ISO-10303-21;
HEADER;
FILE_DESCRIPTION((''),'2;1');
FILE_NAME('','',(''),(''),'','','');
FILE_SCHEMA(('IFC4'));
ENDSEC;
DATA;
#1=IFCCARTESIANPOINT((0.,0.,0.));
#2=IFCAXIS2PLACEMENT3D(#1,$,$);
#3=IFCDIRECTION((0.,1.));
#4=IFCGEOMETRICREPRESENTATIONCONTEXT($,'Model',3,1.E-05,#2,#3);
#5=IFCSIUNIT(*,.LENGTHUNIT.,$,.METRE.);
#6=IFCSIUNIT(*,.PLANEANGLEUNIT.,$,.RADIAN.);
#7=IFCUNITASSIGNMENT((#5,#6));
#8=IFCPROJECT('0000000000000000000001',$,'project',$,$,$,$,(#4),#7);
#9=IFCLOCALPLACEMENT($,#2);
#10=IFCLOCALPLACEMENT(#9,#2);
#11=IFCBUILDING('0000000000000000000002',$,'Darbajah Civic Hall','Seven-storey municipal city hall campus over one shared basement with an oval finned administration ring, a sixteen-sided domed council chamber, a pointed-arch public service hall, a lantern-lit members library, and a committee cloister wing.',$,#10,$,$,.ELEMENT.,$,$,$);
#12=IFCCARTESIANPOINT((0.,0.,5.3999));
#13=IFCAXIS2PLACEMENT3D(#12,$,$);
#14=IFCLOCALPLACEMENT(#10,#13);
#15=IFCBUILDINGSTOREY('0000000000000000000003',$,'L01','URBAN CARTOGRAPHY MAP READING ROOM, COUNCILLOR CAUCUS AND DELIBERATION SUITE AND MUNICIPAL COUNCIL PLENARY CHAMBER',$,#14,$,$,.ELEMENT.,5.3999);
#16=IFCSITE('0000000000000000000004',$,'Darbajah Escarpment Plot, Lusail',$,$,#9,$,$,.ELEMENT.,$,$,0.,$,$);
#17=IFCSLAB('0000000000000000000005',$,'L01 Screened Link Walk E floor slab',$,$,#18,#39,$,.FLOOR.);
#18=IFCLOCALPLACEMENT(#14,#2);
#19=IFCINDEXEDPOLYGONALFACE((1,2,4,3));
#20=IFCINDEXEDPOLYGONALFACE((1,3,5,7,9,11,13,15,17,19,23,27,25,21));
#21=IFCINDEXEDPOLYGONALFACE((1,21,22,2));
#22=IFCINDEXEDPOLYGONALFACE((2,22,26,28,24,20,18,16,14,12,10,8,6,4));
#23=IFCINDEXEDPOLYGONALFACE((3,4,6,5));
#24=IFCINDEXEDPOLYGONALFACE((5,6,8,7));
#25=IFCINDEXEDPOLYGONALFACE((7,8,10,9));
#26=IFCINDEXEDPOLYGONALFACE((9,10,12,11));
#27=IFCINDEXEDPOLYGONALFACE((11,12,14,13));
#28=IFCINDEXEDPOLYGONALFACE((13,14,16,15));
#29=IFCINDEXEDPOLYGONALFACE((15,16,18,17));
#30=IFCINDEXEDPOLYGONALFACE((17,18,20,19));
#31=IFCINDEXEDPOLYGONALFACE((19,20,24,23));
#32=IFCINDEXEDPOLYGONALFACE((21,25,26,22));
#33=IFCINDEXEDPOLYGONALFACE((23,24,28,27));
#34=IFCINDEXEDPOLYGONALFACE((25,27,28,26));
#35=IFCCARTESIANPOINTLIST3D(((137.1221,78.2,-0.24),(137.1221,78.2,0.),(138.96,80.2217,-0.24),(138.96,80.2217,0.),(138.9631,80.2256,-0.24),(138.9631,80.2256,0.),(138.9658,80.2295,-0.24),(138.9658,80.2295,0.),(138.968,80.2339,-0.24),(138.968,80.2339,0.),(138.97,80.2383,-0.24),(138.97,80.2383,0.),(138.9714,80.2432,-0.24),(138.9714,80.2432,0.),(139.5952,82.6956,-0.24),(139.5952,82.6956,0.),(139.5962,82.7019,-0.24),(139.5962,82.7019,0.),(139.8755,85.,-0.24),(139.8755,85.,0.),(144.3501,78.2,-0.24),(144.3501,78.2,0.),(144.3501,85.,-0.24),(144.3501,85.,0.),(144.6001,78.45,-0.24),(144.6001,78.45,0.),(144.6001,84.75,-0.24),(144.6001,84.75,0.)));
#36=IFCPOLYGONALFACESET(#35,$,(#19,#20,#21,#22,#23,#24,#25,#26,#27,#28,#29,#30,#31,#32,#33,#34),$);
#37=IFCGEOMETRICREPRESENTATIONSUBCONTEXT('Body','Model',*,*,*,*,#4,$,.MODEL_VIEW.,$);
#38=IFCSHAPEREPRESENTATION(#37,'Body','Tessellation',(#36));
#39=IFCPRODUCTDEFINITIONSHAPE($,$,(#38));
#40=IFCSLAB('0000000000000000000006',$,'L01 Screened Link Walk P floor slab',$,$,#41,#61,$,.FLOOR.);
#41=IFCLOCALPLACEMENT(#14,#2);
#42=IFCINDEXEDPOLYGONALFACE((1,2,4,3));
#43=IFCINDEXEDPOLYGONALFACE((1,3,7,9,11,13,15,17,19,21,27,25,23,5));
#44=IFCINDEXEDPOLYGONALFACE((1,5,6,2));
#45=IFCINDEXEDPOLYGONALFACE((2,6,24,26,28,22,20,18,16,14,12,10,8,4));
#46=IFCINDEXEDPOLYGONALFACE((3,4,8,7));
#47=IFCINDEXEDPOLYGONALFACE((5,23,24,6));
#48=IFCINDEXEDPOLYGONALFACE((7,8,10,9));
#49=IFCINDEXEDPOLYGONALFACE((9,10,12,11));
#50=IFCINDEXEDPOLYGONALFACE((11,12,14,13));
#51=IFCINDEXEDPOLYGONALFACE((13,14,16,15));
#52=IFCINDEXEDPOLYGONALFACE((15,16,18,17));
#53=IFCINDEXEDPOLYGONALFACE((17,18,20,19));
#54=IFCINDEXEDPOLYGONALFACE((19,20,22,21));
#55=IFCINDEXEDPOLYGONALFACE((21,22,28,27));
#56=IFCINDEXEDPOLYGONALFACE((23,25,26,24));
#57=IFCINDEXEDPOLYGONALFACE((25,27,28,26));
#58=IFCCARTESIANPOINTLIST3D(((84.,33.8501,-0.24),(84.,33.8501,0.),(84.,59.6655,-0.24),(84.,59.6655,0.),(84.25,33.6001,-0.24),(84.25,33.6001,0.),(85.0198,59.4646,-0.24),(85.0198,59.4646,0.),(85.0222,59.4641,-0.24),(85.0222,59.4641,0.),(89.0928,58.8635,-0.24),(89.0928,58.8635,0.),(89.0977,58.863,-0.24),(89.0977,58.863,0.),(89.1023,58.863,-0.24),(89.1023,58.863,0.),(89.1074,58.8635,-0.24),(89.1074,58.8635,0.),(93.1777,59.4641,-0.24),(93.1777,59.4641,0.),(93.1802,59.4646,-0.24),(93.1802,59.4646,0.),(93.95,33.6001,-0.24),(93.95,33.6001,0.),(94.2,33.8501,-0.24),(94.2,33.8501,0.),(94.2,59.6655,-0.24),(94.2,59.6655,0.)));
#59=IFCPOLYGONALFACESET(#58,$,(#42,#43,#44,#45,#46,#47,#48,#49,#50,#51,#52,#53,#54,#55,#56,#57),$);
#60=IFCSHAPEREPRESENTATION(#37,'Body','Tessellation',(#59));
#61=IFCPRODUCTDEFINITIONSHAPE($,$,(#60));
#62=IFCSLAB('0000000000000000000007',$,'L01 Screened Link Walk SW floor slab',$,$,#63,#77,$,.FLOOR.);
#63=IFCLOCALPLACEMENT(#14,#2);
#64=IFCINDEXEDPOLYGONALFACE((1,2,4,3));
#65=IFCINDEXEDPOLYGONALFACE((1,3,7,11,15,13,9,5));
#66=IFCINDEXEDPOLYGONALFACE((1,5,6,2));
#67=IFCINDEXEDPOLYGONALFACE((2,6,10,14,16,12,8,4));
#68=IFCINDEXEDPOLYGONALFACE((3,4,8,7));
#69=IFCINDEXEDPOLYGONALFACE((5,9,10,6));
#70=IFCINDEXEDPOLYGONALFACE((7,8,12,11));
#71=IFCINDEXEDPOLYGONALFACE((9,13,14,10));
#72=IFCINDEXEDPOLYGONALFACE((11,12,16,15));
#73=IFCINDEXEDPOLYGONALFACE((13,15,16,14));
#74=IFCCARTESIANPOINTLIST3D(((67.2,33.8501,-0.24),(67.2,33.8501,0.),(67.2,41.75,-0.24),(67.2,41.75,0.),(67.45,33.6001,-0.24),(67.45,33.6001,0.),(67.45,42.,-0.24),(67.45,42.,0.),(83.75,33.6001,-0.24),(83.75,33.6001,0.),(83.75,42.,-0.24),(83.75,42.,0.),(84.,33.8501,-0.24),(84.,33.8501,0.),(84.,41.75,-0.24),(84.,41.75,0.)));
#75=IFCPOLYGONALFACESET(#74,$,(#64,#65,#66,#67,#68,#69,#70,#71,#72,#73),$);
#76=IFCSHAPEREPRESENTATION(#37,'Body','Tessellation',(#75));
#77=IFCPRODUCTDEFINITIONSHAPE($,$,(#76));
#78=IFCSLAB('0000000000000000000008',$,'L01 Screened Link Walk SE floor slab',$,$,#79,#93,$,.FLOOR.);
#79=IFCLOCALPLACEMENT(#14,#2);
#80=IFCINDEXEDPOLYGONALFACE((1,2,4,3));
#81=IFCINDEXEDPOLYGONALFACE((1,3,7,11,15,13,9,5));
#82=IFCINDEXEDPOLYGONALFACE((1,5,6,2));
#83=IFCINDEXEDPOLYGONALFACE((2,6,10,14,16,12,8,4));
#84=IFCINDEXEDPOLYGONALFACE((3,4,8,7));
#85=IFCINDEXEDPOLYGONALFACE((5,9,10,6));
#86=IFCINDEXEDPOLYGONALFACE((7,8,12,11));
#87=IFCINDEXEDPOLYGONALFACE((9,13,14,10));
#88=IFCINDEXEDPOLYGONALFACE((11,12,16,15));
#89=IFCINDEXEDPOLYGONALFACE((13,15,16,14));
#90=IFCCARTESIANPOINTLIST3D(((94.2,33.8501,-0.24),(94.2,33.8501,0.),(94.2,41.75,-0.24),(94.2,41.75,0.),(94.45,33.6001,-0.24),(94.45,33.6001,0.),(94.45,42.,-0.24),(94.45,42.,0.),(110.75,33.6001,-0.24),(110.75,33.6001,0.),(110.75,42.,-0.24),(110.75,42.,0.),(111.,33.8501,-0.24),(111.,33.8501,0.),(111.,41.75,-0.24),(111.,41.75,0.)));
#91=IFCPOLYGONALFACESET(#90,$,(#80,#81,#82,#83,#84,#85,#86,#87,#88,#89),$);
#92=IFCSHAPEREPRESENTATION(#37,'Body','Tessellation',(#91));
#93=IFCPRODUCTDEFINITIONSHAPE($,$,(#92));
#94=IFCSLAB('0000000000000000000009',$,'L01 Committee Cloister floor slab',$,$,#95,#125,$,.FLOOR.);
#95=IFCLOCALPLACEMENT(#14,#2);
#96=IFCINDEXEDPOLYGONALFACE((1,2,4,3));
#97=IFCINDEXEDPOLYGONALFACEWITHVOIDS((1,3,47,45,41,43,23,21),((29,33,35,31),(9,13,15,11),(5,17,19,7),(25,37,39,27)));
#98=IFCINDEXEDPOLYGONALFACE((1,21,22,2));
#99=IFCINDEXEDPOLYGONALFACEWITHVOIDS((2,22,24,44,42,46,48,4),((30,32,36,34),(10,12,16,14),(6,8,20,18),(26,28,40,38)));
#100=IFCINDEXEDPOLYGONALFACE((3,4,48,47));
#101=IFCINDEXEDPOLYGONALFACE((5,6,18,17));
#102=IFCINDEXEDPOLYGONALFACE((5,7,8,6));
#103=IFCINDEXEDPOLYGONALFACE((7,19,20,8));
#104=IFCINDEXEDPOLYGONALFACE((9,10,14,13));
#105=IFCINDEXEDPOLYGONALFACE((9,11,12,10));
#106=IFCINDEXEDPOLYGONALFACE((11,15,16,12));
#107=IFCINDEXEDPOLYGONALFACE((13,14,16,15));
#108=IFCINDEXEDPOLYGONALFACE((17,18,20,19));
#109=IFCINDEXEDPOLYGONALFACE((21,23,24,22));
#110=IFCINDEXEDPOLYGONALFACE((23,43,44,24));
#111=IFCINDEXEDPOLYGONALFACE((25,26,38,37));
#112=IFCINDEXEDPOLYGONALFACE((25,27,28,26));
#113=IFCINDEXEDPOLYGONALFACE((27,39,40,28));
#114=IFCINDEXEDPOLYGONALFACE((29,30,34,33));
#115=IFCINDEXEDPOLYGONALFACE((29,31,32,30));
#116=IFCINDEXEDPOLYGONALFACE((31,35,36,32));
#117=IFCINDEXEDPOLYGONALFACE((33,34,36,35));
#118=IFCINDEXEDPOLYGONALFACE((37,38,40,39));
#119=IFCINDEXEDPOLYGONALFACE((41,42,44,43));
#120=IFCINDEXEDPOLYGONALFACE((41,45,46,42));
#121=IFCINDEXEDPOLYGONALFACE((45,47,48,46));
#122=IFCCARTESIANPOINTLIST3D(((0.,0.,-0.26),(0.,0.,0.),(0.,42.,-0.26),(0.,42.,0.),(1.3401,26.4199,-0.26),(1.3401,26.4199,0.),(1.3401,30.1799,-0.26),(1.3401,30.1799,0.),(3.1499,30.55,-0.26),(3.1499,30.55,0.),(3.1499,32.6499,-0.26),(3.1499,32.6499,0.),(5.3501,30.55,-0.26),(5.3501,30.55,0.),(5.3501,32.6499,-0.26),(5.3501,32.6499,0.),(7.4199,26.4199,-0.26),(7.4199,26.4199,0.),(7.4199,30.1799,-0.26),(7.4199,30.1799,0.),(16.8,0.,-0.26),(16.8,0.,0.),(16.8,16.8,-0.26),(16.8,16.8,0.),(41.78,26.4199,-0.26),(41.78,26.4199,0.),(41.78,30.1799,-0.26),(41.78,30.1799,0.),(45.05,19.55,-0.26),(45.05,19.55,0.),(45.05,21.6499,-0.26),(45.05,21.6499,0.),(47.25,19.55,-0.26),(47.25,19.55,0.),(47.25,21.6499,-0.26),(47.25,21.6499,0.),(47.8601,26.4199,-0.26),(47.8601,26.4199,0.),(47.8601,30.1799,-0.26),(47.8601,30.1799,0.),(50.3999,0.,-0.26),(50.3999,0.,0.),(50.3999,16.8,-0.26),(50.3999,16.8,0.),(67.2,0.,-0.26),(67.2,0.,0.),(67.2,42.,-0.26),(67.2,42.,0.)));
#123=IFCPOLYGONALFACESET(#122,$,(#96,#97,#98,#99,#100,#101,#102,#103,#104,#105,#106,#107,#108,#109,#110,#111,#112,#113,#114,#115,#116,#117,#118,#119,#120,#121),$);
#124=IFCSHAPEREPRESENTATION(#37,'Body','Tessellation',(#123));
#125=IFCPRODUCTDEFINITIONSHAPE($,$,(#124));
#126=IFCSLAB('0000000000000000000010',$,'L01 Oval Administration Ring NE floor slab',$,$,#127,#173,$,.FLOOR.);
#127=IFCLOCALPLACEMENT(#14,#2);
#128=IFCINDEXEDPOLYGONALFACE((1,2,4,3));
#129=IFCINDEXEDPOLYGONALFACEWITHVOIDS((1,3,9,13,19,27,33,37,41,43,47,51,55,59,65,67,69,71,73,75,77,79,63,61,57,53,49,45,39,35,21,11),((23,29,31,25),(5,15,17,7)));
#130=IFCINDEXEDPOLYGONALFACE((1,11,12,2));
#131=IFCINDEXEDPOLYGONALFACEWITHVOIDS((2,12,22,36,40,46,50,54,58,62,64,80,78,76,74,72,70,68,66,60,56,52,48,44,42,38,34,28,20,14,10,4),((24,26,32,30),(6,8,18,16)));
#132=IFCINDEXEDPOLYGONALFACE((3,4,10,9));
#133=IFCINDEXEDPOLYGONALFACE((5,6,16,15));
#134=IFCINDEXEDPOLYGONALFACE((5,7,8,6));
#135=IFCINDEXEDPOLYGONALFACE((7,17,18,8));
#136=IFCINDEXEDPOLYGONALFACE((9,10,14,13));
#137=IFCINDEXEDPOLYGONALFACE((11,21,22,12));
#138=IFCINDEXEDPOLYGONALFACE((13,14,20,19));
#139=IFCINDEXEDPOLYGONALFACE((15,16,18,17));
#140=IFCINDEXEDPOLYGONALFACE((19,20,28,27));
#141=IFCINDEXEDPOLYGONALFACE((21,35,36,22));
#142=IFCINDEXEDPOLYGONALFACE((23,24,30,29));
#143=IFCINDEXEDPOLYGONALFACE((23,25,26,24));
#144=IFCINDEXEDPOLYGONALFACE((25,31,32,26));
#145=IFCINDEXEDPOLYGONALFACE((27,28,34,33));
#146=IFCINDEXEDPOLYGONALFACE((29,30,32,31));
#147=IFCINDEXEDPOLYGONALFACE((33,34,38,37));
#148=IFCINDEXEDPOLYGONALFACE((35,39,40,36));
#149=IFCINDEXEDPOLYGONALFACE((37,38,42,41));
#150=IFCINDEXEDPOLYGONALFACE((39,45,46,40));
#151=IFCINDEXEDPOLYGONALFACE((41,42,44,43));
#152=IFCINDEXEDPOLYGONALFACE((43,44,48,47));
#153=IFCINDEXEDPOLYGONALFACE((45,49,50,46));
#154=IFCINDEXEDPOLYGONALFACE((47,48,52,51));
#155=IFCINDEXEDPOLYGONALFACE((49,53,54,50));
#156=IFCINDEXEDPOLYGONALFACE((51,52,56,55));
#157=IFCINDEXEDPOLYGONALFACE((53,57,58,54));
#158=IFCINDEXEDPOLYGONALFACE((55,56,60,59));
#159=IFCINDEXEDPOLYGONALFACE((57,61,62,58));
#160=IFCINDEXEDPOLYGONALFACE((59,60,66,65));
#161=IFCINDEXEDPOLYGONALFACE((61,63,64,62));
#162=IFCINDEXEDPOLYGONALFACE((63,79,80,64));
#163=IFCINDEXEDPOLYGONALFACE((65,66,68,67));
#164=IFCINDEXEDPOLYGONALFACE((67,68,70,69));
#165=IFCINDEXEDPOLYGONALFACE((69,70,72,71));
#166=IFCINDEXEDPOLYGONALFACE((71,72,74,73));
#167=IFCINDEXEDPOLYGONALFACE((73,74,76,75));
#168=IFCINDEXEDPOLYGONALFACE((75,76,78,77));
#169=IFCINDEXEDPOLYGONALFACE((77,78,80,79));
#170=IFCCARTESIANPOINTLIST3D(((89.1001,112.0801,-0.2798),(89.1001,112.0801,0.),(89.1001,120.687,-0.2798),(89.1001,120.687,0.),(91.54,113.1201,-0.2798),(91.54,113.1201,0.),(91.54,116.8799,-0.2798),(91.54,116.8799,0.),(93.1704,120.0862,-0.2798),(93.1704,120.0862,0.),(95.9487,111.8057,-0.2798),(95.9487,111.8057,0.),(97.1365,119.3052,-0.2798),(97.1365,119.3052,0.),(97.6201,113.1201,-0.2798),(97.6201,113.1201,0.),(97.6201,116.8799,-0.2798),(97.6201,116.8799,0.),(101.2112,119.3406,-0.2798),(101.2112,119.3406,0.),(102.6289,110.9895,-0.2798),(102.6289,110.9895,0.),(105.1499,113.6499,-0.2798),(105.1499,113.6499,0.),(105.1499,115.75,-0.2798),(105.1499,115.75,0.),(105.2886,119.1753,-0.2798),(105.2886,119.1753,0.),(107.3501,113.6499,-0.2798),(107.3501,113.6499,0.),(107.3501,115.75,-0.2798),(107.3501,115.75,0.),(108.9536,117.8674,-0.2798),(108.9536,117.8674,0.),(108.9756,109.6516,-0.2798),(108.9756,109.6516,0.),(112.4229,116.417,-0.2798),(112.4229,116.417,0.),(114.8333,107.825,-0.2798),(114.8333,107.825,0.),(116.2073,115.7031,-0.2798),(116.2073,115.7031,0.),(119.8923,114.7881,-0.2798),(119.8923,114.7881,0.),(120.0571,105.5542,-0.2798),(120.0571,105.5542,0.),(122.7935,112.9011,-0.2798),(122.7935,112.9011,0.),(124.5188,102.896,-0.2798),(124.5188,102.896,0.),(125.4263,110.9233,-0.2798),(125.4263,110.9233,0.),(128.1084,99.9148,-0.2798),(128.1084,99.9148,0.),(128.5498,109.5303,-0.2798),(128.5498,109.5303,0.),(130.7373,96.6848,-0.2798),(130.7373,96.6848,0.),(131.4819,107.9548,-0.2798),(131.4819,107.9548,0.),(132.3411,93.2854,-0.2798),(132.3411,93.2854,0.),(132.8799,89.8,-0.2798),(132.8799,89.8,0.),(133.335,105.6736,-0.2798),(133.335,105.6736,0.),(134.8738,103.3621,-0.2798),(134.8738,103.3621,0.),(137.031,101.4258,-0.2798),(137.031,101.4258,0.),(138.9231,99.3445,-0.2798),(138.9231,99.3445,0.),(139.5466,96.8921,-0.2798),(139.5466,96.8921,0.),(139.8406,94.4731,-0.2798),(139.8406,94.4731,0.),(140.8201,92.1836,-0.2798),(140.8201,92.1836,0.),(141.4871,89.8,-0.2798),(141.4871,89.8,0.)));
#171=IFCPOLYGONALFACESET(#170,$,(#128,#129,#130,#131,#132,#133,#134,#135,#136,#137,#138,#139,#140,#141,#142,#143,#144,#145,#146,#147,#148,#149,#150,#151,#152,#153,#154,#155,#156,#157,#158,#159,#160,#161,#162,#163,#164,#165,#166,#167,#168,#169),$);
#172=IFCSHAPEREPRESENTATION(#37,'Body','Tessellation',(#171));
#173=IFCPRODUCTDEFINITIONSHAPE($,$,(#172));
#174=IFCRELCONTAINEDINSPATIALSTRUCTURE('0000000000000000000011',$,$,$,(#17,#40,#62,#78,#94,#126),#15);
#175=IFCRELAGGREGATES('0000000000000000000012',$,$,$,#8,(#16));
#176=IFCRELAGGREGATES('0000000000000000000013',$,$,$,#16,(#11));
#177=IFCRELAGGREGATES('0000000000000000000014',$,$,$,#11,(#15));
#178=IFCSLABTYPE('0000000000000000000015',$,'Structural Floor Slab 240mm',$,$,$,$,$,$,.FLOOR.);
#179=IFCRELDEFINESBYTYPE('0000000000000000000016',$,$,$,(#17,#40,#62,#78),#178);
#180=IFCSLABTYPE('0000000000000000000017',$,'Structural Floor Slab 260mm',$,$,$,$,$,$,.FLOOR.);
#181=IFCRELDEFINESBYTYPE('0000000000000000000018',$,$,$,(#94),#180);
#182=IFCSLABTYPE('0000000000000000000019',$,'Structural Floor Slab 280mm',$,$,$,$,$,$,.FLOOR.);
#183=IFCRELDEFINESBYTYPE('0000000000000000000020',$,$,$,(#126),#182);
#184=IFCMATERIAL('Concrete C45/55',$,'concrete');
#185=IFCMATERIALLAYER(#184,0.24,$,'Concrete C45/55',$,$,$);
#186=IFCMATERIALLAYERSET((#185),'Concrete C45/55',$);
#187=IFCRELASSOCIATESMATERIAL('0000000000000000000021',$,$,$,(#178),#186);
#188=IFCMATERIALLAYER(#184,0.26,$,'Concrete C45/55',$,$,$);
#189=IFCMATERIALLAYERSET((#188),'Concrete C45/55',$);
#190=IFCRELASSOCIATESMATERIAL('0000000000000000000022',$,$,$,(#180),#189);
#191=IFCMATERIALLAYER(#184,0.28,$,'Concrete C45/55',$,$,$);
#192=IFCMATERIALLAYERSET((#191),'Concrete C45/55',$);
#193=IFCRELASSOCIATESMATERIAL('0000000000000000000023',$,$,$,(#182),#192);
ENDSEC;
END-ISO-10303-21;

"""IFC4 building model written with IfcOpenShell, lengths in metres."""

from ifc_helpers import new_model, si_unit, direction, frame, origin, place, context, subcontext, project, spatial, polyline, outline, extrude, material, layer, layer_set, type_object, element, save


model = new_model("IFC4")

# Units and contexts
model_context = context("Model", 3, precision=1e-05, world=origin(), true_north=direction((0.0, 1.0)))
body_context = subcontext(model_context, "Body", "Model", "MODEL_VIEW")
ifc_project = project(units=[si_unit("LENGTHUNIT", "METRE"), si_unit("PLANEANGLEUNIT", "RADIAN")], contexts=[model_context])

# Site, building, storey
site_placement = place(None, origin())
site = spatial("IfcSite", under=ifc_project, at=site_placement, Name="Darbajah Escarpment Plot, Lusail", CompositionType="ELEMENT", RefElevation=0.0)
building_placement = place(site_placement, origin())
building = spatial("IfcBuilding", under=site, at=building_placement, Name="Darbajah Civic Hall", Description="Seven-storey municipal city hall campus over one shared basement with an oval finned administration ring, a sixteen-sided domed council chamber, a pointed-arch public service hall, a lantern-lit members library, and a committee cloister wing.", CompositionType="ELEMENT")
storey_placement = place(building_placement, frame((0.0, 0.0, 5.3999)))
storey = spatial("IfcBuildingStorey", under=building, at=storey_placement, Name="L01", Description="URBAN CARTOGRAPHY MAP READING ROOM, COUNCILLOR CAUCUS AND DELIBERATION SUITE AND MUNICIPAL COUNCIL PLENARY CHAMBER", CompositionType="ELEMENT", Elevation=5.3999)

# Shared definitions
ifc_material_1 = material(Name="Concrete C45/55", Category="concrete")

# Slabs
ifc_layer_1 = layer(ifc_material_1, 0.24, Name="Concrete C45/55")
ifc_layer_set_1 = layer_set([ifc_layer_1], Name="Concrete C45/55")
slab_type_1 = type_object("IfcSlabType", Name="Structural Floor Slab 240mm", PredefinedType="FLOOR", material=ifc_layer_set_1)
slab_1_placement = place(storey_placement, frame((0.0, 0.0, -0.24)))
element("IfcSlab", 1, at=slab_1_placement, inside=storey, type_object=slab_type_1, Name="L01 Screened Link Walk E floor slab", PredefinedType="FLOOR", context=body_context, shape_type="SweptSolid", body=[
    extrude(outline(polyline([(144.3501, 85.0), (144.6001, 84.75), (144.6001, 78.45), (144.3501, 78.2), (137.1221, 78.2), (138.96, 80.2217), (138.9631, 80.2256), (138.9658, 80.2295), (138.968, 80.2339), (138.97, 80.2383), (138.9714, 80.2432), (139.5952, 82.6956), (139.5962, 82.7019), (139.8755, 85.0), (144.3501, 85.0)])), origin(), (0.0, 0.0, 1.0), 0.24),
])
slab_2_placement = place(storey_placement, frame((0.0, 0.0, -0.24)))
element("IfcSlab", 2, at=slab_2_placement, inside=storey, type_object=slab_type_1, Name="L01 Screened Link Walk P floor slab", PredefinedType="FLOOR", context=body_context, shape_type="SweptSolid", body=[
    extrude(outline(polyline([(94.2, 33.8501), (93.95, 33.6001), (84.25, 33.6001), (84.0, 33.8501), (84.0, 59.6655), (85.0198, 59.4646), (85.0222, 59.4641), (89.0928, 58.8635), (89.0977, 58.863), (89.1023, 58.863), (89.1074, 58.8635), (93.1777, 59.4641), (93.1802, 59.4646), (94.2, 59.6655), (94.2, 33.8501)])), origin(), (0.0, 0.0, 1.0), 0.24),
])
slab_3_placement = place(storey_placement, frame((0.0, 0.0, -0.24)))
element("IfcSlab", 3, at=slab_3_placement, inside=storey, type_object=slab_type_1, Name="L01 Screened Link Walk SW floor slab", PredefinedType="FLOOR", context=body_context, shape_type="SweptSolid", body=[
    extrude(outline(polyline([(67.2, 33.8501), (67.2, 41.75), (67.45, 42.0), (83.75, 42.0), (84.0, 41.75), (84.0, 33.8501), (83.75, 33.6001), (67.45, 33.6001), (67.2, 33.8501)])), origin(), (0.0, 0.0, 1.0), 0.24),
])
slab_4_placement = place(storey_placement, frame((0.0, 0.0, -0.24)))
element("IfcSlab", 4, at=slab_4_placement, inside=storey, type_object=slab_type_1, Name="L01 Screened Link Walk SE floor slab", PredefinedType="FLOOR", context=body_context, shape_type="SweptSolid", body=[
    extrude(outline(polyline([(94.2, 33.8501), (94.2, 41.75), (94.45, 42.0), (110.75, 42.0), (111.0, 41.75), (111.0, 33.8501), (110.75, 33.6001), (94.45, 33.6001), (94.2, 33.8501)])), origin(), (0.0, 0.0, 1.0), 0.24),
])
ifc_layer_2 = layer(ifc_material_1, 0.26, Name="Concrete C45/55")
ifc_layer_set_2 = layer_set([ifc_layer_2], Name="Concrete C45/55")
slab_type_2 = type_object("IfcSlabType", Name="Structural Floor Slab 260mm", PredefinedType="FLOOR", material=ifc_layer_set_2)
slab_5_placement = place(storey_placement, frame((0.0, 0.0, -0.26)))
element("IfcSlab", 5, at=slab_5_placement, inside=storey, type_object=slab_type_2, Name="L01 Committee Cloister floor slab", PredefinedType="FLOOR", context=body_context, shape_type="SweptSolid", body=[
    extrude(outline(polyline([(0.0, 0.0), (16.8, 0.0), (16.8, 16.8), (50.3999, 16.8), (50.3999, 0.0), (67.2, 0.0), (67.2, 42.0), (0.0, 42.0), (0.0, 0.0)]), holes=[polyline([(1.3401, 30.1799), (7.4199, 30.1799), (7.4199, 26.4199), (1.3401, 26.4199), (1.3401, 30.1799)]), polyline([(3.1499, 32.6499), (5.3501, 32.6499), (5.3501, 30.55), (3.1499, 30.55), (3.1499, 32.6499)]), polyline([(41.78, 30.1799), (47.8601, 30.1799), (47.8601, 26.4199), (41.78, 26.4199), (41.78, 30.1799)]), polyline([(45.05, 21.6499), (47.25, 21.6499), (47.25, 19.55), (45.05, 19.55), (45.05, 21.6499)])]), origin(), (0.0, 0.0, 1.0), 0.26),
])
ifc_layer_3 = layer(ifc_material_1, 0.28, Name="Concrete C45/55")
ifc_layer_set_3 = layer_set([ifc_layer_3], Name="Concrete C45/55")
slab_type_3 = type_object("IfcSlabType", Name="Structural Floor Slab 280mm", PredefinedType="FLOOR", material=ifc_layer_set_3)
slab_6_placement = place(storey_placement, frame((0.0, 0.0, -0.2798)))
element("IfcSlab", 6, at=slab_6_placement, inside=storey, type_object=slab_type_3, Name="L01 Oval Administration Ring NE floor slab", PredefinedType="FLOOR", context=body_context, shape_type="SweptSolid", body=[
    extrude(outline(polyline([(141.4871, 89.8), (140.8201, 92.1836), (139.8406, 94.4731), (139.5466, 96.8921), (138.9231, 99.3445), (137.031, 101.4258), (134.8738, 103.3621), (133.335, 105.6736), (131.4819, 107.9548), (128.5498, 109.5303), (125.4263, 110.9233), (122.7935, 112.9011), (119.8923, 114.7881), (116.2073, 115.7031), (112.4229, 116.417), (108.9536, 117.8674), (105.2886, 119.1753), (101.2112, 119.3406), (97.1365, 119.3052), (93.1704, 120.0862), (89.1001, 120.687), (89.1001, 112.0801), (95.9487, 111.8057), (102.6289, 110.9895), (108.9756, 109.6516), (114.8333, 107.825), (120.0571, 105.5542), (124.5188, 102.896), (128.1084, 99.9148), (130.7373, 96.6848), (132.3411, 93.2854), (132.8799, 89.8), (141.4871, 89.8)]), holes=[polyline([(91.54, 116.8799), (97.6201, 116.8799), (97.6201, 113.1201), (91.54, 113.1201), (91.54, 116.8799)]), polyline([(105.1499, 115.75), (107.3501, 115.75), (107.3501, 113.6499), (105.1499, 113.6499), (105.1499, 115.75)])]), origin(), (0.0, 0.0, 1.0), 0.2798),
])

save(model, "model.ifc")
